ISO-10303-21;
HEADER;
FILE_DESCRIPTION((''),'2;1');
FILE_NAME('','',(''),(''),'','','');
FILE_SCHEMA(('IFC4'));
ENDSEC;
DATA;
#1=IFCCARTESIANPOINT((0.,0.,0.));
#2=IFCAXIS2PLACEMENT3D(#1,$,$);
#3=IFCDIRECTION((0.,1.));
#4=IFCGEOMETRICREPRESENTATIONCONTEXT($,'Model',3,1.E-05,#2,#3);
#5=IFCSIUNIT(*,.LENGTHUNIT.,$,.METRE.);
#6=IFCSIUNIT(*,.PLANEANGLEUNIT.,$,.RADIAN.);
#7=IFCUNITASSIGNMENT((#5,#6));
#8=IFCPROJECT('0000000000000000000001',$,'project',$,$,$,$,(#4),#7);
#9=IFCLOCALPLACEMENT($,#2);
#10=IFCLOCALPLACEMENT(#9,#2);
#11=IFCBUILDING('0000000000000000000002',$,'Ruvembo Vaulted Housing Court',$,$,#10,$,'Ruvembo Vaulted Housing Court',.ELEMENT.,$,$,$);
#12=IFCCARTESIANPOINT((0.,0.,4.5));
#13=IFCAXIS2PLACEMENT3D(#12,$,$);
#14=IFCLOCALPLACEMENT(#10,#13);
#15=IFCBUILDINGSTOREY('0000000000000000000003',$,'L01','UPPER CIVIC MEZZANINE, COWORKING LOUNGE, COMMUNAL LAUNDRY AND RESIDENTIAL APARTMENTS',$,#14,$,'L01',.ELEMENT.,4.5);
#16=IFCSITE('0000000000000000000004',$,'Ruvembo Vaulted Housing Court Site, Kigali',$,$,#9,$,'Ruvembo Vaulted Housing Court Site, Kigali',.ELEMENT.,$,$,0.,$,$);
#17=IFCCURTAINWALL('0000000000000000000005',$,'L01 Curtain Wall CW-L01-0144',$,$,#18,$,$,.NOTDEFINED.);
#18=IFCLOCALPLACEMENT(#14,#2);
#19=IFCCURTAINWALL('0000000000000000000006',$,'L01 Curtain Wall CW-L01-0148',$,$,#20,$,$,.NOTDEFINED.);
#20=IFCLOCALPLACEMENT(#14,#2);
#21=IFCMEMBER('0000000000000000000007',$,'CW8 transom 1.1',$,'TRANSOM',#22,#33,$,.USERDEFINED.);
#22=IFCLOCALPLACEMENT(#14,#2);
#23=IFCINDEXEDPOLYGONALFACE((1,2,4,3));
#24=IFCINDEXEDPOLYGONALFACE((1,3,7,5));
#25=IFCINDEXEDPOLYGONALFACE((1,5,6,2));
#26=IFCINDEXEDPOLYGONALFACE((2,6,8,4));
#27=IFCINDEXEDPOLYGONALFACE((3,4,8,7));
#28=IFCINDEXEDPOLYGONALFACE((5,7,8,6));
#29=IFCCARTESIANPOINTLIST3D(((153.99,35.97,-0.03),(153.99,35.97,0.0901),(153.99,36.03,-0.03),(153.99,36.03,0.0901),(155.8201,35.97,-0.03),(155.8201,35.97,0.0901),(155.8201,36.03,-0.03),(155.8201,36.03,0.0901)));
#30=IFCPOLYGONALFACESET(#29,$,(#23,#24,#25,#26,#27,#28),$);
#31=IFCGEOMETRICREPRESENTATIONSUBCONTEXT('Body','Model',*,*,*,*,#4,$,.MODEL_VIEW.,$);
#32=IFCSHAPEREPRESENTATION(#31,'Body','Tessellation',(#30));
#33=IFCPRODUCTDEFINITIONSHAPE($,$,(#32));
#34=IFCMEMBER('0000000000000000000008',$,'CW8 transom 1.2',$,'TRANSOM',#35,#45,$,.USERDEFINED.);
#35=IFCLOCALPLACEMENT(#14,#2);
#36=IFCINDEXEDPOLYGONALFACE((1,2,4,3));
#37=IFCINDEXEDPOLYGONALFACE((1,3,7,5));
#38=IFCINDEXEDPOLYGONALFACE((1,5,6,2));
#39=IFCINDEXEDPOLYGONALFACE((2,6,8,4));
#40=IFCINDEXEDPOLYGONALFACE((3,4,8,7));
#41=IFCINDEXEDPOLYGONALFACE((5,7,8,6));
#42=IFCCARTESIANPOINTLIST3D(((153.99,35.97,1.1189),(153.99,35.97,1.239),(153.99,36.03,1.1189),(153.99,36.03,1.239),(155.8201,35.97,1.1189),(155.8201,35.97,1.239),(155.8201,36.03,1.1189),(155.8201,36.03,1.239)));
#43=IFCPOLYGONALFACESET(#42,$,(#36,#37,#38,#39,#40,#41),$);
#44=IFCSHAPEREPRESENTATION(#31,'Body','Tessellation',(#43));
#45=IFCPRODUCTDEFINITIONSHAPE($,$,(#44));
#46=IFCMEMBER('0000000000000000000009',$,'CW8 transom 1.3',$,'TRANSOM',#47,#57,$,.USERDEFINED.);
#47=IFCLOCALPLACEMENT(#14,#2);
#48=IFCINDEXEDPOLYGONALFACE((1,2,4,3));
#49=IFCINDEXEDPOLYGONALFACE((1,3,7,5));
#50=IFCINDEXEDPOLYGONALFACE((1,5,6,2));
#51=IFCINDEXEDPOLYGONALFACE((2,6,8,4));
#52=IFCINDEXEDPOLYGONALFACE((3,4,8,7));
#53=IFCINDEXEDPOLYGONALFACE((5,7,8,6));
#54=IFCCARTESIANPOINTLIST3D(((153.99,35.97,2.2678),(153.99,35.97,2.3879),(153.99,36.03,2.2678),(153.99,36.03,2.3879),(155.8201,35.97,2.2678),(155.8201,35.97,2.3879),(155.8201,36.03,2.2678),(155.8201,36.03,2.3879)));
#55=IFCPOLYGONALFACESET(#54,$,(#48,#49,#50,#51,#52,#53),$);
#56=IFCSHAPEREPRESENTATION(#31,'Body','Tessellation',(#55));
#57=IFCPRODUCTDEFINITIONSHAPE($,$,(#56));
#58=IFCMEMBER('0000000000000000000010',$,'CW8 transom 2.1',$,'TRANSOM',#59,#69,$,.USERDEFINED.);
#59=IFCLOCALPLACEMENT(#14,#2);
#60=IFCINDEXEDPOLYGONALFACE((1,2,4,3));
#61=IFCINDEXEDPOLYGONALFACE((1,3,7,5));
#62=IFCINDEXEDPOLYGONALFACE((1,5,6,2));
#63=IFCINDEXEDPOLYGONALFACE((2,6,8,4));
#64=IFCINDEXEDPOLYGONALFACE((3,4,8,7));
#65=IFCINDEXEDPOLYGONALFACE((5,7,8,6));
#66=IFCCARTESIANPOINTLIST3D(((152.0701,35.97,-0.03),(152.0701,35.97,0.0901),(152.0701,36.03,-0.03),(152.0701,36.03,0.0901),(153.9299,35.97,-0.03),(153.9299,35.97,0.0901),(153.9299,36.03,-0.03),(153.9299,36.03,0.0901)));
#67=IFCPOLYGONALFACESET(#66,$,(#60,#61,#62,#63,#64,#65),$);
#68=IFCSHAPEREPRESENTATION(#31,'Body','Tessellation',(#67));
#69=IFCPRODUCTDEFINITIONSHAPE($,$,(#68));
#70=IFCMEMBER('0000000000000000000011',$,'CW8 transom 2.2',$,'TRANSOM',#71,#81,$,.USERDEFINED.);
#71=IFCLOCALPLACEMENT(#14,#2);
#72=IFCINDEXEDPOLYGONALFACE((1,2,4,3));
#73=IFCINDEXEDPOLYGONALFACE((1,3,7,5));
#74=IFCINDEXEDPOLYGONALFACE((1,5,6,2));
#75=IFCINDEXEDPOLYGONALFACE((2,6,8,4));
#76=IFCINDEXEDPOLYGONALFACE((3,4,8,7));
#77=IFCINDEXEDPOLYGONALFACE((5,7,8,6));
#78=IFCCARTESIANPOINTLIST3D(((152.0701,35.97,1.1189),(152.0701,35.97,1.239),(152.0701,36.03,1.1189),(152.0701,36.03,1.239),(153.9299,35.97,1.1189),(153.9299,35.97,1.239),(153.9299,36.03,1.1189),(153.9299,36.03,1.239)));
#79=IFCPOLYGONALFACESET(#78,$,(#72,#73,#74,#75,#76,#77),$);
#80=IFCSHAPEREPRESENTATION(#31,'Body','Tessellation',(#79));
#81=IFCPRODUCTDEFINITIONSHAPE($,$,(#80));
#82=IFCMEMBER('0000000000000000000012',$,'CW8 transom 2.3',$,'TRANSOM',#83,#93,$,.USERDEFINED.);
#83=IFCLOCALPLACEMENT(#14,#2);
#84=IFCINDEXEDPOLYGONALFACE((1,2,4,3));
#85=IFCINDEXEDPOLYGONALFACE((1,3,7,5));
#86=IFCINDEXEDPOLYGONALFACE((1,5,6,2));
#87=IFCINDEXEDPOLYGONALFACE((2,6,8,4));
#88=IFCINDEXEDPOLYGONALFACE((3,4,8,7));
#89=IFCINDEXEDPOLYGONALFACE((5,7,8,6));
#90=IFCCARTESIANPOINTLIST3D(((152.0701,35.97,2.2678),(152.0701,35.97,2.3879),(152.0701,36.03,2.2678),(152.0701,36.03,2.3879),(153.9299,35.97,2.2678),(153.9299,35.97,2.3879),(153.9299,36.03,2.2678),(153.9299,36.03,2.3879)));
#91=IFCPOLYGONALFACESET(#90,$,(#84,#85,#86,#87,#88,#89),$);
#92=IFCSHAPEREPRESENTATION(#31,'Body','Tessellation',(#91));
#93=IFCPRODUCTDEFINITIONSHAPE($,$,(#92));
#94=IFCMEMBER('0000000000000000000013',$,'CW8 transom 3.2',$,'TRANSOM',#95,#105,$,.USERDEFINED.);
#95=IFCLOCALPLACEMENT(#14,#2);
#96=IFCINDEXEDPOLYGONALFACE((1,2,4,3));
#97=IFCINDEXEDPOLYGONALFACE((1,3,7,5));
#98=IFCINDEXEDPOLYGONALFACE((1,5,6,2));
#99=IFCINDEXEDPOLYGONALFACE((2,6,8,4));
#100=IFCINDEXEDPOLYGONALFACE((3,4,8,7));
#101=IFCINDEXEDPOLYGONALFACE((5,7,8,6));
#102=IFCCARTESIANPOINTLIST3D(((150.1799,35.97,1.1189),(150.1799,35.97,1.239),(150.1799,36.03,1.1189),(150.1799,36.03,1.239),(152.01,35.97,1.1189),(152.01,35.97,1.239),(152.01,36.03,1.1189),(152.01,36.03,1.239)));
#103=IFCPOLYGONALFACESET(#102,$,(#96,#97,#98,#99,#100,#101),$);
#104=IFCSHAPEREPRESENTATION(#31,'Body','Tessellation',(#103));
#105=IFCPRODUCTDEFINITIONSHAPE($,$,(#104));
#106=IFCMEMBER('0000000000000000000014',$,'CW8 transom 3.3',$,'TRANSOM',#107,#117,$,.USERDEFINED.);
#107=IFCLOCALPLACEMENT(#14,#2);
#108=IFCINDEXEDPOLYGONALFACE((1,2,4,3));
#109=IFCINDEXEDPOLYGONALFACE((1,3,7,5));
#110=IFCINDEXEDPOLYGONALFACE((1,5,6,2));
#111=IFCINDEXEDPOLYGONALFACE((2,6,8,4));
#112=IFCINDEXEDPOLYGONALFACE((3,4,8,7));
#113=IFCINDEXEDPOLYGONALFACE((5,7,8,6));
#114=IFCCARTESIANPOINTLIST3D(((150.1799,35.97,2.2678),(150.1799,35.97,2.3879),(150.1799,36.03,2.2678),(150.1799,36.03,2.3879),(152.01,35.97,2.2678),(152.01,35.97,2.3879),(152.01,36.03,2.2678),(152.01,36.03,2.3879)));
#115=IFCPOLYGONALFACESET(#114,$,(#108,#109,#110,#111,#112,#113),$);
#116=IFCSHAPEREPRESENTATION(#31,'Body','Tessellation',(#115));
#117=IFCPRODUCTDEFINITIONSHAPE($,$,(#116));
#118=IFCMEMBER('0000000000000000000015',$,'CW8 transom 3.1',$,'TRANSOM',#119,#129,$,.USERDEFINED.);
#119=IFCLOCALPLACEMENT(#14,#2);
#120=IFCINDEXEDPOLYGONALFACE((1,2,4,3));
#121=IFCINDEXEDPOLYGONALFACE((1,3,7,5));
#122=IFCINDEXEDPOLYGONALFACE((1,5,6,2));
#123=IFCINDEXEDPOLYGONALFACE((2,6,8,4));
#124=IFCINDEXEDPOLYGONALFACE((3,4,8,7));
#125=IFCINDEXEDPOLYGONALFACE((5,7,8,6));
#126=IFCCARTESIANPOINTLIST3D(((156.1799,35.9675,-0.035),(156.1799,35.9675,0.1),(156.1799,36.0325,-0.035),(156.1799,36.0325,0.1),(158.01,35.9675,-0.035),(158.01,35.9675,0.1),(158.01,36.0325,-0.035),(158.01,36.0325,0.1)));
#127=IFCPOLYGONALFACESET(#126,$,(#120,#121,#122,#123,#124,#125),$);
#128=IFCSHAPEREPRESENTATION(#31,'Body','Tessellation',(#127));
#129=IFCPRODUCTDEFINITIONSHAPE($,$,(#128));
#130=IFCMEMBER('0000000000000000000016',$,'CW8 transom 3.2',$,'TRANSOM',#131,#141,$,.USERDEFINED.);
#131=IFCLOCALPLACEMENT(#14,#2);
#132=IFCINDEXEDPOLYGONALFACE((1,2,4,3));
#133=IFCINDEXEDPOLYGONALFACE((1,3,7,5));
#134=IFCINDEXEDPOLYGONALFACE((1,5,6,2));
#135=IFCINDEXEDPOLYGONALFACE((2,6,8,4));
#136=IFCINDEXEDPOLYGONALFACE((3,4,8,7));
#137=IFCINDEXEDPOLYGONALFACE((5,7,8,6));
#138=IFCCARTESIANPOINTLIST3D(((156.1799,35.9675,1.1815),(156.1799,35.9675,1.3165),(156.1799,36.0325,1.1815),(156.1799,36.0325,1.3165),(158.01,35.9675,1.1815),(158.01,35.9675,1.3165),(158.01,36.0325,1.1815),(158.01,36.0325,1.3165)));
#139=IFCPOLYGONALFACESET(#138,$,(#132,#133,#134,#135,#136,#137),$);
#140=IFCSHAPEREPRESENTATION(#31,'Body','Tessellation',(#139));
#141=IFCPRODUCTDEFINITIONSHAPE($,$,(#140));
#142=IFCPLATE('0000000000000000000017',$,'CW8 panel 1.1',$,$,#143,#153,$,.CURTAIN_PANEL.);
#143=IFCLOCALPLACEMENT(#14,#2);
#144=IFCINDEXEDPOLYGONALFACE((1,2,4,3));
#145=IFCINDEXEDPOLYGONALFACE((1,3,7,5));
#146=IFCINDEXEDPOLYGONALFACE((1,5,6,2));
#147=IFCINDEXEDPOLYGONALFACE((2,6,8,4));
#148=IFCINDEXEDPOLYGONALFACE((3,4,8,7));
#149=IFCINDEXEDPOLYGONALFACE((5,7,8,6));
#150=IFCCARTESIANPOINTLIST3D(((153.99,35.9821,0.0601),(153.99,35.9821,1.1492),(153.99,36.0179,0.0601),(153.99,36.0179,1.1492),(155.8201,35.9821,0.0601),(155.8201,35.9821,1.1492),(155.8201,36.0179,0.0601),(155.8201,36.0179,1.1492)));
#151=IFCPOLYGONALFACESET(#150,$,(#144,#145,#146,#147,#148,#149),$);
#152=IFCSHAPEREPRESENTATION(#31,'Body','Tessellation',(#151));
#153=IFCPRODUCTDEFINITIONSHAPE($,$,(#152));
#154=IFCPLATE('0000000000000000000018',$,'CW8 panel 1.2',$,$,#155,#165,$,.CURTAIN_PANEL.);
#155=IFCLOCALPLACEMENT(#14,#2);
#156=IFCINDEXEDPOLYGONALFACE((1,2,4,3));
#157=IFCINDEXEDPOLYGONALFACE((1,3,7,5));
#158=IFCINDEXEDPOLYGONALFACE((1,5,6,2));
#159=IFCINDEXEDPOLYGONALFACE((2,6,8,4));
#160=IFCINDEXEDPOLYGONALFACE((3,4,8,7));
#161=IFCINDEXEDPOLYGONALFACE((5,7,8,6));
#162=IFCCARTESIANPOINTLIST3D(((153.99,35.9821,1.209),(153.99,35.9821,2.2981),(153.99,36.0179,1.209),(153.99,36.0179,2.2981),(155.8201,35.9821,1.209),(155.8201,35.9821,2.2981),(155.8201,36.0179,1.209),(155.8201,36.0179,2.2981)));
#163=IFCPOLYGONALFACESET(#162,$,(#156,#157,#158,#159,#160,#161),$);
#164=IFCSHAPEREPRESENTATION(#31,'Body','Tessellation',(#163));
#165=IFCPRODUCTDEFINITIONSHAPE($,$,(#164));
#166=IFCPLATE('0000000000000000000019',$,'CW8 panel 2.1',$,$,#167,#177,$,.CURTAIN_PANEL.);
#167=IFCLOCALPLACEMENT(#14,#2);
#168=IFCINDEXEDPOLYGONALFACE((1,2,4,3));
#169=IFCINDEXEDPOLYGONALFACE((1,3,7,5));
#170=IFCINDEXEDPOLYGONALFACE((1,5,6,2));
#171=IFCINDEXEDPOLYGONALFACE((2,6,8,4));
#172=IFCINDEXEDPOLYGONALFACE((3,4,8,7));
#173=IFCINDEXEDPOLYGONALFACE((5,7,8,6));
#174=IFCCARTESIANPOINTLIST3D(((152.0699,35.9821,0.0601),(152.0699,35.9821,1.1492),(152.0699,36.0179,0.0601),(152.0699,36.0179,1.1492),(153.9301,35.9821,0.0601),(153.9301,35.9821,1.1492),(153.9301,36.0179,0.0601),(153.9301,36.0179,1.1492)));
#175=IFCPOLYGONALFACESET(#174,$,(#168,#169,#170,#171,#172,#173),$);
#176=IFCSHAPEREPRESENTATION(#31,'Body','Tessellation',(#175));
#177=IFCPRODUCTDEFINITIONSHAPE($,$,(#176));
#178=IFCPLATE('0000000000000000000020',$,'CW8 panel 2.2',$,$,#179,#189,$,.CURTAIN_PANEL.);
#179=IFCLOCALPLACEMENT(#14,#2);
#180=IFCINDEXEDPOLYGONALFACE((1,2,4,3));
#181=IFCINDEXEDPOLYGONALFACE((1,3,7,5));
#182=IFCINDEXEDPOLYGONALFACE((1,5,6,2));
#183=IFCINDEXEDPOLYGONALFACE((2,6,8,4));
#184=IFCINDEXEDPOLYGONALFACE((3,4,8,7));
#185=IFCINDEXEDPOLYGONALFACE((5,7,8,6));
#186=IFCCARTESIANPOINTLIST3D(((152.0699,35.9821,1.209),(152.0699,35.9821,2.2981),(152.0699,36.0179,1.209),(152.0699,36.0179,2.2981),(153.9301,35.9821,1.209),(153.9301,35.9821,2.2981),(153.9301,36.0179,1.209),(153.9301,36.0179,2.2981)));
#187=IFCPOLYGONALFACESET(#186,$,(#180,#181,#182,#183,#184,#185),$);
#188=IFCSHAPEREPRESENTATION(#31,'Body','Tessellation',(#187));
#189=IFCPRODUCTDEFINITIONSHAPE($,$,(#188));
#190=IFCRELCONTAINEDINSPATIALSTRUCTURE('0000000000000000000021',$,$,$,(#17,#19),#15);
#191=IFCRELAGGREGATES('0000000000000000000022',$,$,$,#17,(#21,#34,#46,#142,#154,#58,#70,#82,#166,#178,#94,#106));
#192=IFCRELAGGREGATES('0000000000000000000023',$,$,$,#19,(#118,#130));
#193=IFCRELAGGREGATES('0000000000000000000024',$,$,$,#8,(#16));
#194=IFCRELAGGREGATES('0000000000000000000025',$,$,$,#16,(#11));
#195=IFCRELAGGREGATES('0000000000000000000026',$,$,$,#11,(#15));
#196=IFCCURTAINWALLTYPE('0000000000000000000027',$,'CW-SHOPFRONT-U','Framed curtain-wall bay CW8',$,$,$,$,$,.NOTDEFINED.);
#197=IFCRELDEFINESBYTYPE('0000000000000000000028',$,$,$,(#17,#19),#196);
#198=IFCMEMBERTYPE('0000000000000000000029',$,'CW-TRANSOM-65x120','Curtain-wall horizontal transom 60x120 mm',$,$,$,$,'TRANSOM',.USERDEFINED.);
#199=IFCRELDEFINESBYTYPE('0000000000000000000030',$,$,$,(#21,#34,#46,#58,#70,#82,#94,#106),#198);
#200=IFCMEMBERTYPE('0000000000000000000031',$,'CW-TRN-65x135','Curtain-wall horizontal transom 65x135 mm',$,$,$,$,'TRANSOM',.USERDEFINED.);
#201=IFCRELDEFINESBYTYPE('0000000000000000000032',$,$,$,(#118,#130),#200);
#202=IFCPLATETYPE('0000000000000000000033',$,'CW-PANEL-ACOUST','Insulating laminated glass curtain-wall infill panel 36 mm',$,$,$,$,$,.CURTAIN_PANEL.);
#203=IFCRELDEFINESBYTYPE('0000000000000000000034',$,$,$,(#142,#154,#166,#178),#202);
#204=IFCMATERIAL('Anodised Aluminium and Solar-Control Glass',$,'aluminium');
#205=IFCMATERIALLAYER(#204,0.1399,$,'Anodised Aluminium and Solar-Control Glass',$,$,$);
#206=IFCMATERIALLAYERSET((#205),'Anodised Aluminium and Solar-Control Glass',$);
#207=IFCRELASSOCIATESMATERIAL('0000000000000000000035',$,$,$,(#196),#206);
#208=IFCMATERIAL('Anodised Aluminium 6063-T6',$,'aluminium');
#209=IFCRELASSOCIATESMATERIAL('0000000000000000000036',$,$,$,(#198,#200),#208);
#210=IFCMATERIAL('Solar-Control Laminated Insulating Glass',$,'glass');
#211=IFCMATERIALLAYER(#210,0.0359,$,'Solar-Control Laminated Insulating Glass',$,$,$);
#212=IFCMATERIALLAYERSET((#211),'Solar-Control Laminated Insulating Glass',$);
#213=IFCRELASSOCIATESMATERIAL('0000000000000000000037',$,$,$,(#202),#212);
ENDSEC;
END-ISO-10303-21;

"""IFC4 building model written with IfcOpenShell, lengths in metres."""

from ifc_helpers import new_model, si_unit, direction, frame, origin, origin_2d, place, context, subcontext, project, spatial, rectangle, extrude, material, layer, layer_set, material_profile, profile_set, type_object, element, aggregate, save


model = new_model("IFC4")

# Units and contexts
model_context = context("Model", 3, precision=1e-05, world=origin(), true_north=direction((0.0, 1.0)))
body_context = subcontext(model_context, "Body", "Model", "MODEL_VIEW")
ifc_project = project(units=[si_unit("LENGTHUNIT", "METRE"), si_unit("PLANEANGLEUNIT", "RADIAN")], contexts=[model_context])

# Site, building, storey
site_placement = place(None, origin())
site = spatial("IfcSite", under=ifc_project, at=site_placement, Name="Ruvembo Vaulted Housing Court Site, Kigali", LongName="Ruvembo Vaulted Housing Court Site, Kigali", CompositionType="ELEMENT", RefElevation=0.0)
building_placement = place(site_placement, origin())
building = spatial("IfcBuilding", under=site, at=building_placement, Name="Ruvembo Vaulted Housing Court", LongName="Ruvembo Vaulted Housing Court", CompositionType="ELEMENT")
storey_placement = place(building_placement, frame((0.0, 0.0, 4.5)))
storey = spatial("IfcBuildingStorey", under=building, at=storey_placement, Name="L01", Description="UPPER CIVIC MEZZANINE, COWORKING LOUNGE, COMMUNAL LAUNDRY AND RESIDENTIAL APARTMENTS", LongName="L01", CompositionType="ELEMENT", Elevation=4.5)

# Curtain wall
ifc_material_1 = material(Name="Anodised Aluminium and Solar-Control Glass", Category="aluminium")
ifc_layer_1 = layer(ifc_material_1, 0.1399, Name="Anodised Aluminium and Solar-Control Glass")
ifc_layer_set_1 = layer_set([ifc_layer_1], Name="Anodised Aluminium and Solar-Control Glass")
curtain_wall_type = type_object("IfcCurtainWallType", Name="CW-SHOPFRONT-U", Description="Framed curtain-wall bay CW8", PredefinedType="NOTDEFINED", material=ifc_layer_set_1)
curtain_wall_1_placement = place(storey_placement, origin())
curtain_wall_1 = element("IfcCurtainWall", 1, at=curtain_wall_1_placement, inside=storey, type_object=curtain_wall_type, Name="L01 Curtain Wall CW-L01-0144", PredefinedType="NOTDEFINED")
ifc_material_2 = material(Name="Anodised Aluminium 6063-T6", Category="aluminium")

# Curtain wall
curtain_wall_2_placement = place(storey_placement, origin())
curtain_wall_2 = element("IfcCurtainWall", 2, at=curtain_wall_2_placement, inside=storey, type_object=curtain_wall_type, Name="L01 Curtain Wall CW-L01-0148", PredefinedType="NOTDEFINED")

# Members
ifc_material_profile_1 = material_profile(ifc_material_2, rectangle(XDim=0.0601, YDim=0.1201, at=origin_2d()), Name="ALU 60x120")
ifc_profile_set_1 = profile_set([ifc_material_profile_1], Name="Anodised Aluminium 6063-T6")
member_type_1 = type_object("IfcMemberType", Name="CW-TRANSOM-65x120", Description="Curtain-wall horizontal transom 60x120 mm", ElementType="TRANSOM", PredefinedType="USERDEFINED", material=ifc_profile_set_1)
member_1_placement = place(storey_placement, frame((155.8201, 36.0, 0.03), z_axis=(-1.0, 0.0, 0.0), x_axis=(0.0, -1.0, 0.0)))
member_1 = element("IfcMember", 3, at=member_1_placement, type_object=member_type_1, Name="CW8 transom 1.1", ObjectType="TRANSOM", PredefinedType="USERDEFINED", context=body_context, shape_type="SweptSolid", body=[
    extrude(rectangle(XDim=0.0601, YDim=0.1201, at=origin_2d()), origin(), (0.0, 0.0, 1.0), 1.8301),
])
member_2_placement = place(storey_placement, frame((155.8201, 36.0, 1.179), z_axis=(-1.0, 0.0, 0.0), x_axis=(0.0, -1.0, 0.0)))
member_2 = element("IfcMember", 4, at=member_2_placement, type_object=member_type_1, Name="CW8 transom 1.2", ObjectType="TRANSOM", PredefinedType="USERDEFINED", context=body_context, shape_type="SweptSolid", body=[
    extrude(rectangle(XDim=0.0601, YDim=0.1201, at=origin_2d()), origin(), (0.0, 0.0, 1.0), 1.8301),
])
member_3_placement = place(storey_placement, frame((155.8201, 36.0, 2.3279), z_axis=(-1.0, 0.0, 0.0), x_axis=(0.0, -1.0, 0.0)))
member_3 = element("IfcMember", 5, at=member_3_placement, type_object=member_type_1, Name="CW8 transom 1.3", ObjectType="TRANSOM", PredefinedType="USERDEFINED", context=body_context, shape_type="SweptSolid", body=[
    extrude(rectangle(XDim=0.0601, YDim=0.1201, at=origin_2d()), origin(), (0.0, 0.0, 1.0), 1.8301),
])
member_4_placement = place(storey_placement, frame((153.9299, 36.0, 0.03), z_axis=(-1.0, 0.0, 0.0), x_axis=(0.0, -1.0, 0.0)))
member_4 = element("IfcMember", 6, at=member_4_placement, type_object=member_type_1, Name="CW8 transom 2.1", ObjectType="TRANSOM", PredefinedType="USERDEFINED", context=body_context, shape_type="SweptSolid", body=[
    extrude(rectangle(XDim=0.0601, YDim=0.1201, at=origin_2d()), origin(), (0.0, 0.0, 1.0), 1.8599),
])
member_5_placement = place(storey_placement, frame((153.9299, 36.0, 1.179), z_axis=(-1.0, 0.0, 0.0), x_axis=(0.0, -1.0, 0.0)))
member_5 = element("IfcMember", 7, at=member_5_placement, type_object=member_type_1, Name="CW8 transom 2.2", ObjectType="TRANSOM", PredefinedType="USERDEFINED", context=body_context, shape_type="SweptSolid", body=[
    extrude(rectangle(XDim=0.0601, YDim=0.1201, at=origin_2d()), origin(), (0.0, 0.0, 1.0), 1.8599),
])
member_6_placement = place(storey_placement, frame((153.9299, 36.0, 2.3279), z_axis=(-1.0, 0.0, 0.0), x_axis=(0.0, -1.0, 0.0)))
member_6 = element("IfcMember", 8, at=member_6_placement, type_object=member_type_1, Name="CW8 transom 2.3", ObjectType="TRANSOM", PredefinedType="USERDEFINED", context=body_context, shape_type="SweptSolid", body=[
    extrude(rectangle(XDim=0.0601, YDim=0.1201, at=origin_2d()), origin(), (0.0, 0.0, 1.0), 1.8599),
])
member_7_placement = place(storey_placement, frame((152.01, 36.0, 1.179), z_axis=(-1.0, 0.0, 0.0), x_axis=(0.0, -1.0, 0.0)))
member_7 = element("IfcMember", 9, at=member_7_placement, type_object=member_type_1, Name="CW8 transom 3.2", ObjectType="TRANSOM", PredefinedType="USERDEFINED", context=body_context, shape_type="SweptSolid", body=[
    extrude(rectangle(XDim=0.0601, YDim=0.1201, at=origin_2d()), origin(), (0.0, 0.0, 1.0), 1.8301),
])
member_8_placement = place(storey_placement, frame((152.01, 36.0, 2.3279), z_axis=(-1.0, 0.0, 0.0), x_axis=(0.0, -1.0, 0.0)))
member_8 = element("IfcMember", 10, at=member_8_placement, type_object=member_type_1, Name="CW8 transom 3.3", ObjectType="TRANSOM", PredefinedType="USERDEFINED", context=body_context, shape_type="SweptSolid", body=[
    extrude(rectangle(XDim=0.0601, YDim=0.1201, at=origin_2d()), origin(), (0.0, 0.0, 1.0), 1.8301),
])
ifc_material_profile_2 = material_profile(ifc_material_2, rectangle(XDim=0.0649, YDim=0.135, at=origin_2d()), Name="ALU 65x135")
ifc_profile_set_2 = profile_set([ifc_material_profile_2], Name="Anodised Aluminium 6063-T6")
member_type_2 = type_object("IfcMemberType", Name="CW-TRN-65x135", Description="Curtain-wall horizontal transom 65x135 mm", ElementType="TRANSOM", PredefinedType="USERDEFINED", material=ifc_profile_set_2)
member_9_placement = place(storey_placement, frame((158.01, 36.0, 0.0325), z_axis=(-1.0, 0.0, 0.0), x_axis=(0.0, -1.0, 0.0)))
member_9 = element("IfcMember", 11, at=member_9_placement, type_object=member_type_2, Name="CW8 transom 3.1", ObjectType="TRANSOM", PredefinedType="USERDEFINED", context=body_context, shape_type="SweptSolid", body=[
    extrude(rectangle(XDim=0.0649, YDim=0.135, at=origin_2d()), origin(), (0.0, 0.0, 1.0), 1.8301),
])
member_10_placement = place(storey_placement, frame((158.01, 36.0, 1.249), z_axis=(-1.0, 0.0, 0.0), x_axis=(0.0, -1.0, 0.0)))
member_10 = element("IfcMember", 12, at=member_10_placement, type_object=member_type_2, Name="CW8 transom 3.2", ObjectType="TRANSOM", PredefinedType="USERDEFINED", context=body_context, shape_type="SweptSolid", body=[
    extrude(rectangle(XDim=0.0649, YDim=0.135, at=origin_2d()), origin(), (0.0, 0.0, 1.0), 1.8301),
])

# Plates
ifc_material_3 = material(Name="Solar-Control Laminated Insulating Glass", Category="glass")
ifc_layer_2 = layer(ifc_material_3, 0.0359, Name="Solar-Control Laminated Insulating Glass")
ifc_layer_set_2 = layer_set([ifc_layer_2], Name="Solar-Control Laminated Insulating Glass")
plate_type_1 = type_object("IfcPlateType", Name="CW-PANEL-ACOUST", Description="Insulating laminated glass curtain-wall infill panel 36 mm", PredefinedType="CURTAIN_PANEL", material=ifc_layer_set_2)
plate_1_placement = place(storey_placement, frame((154.905, 36.0, 0.0601), z_axis=(0.0, 0.0, 1.0), x_axis=(-1.0, 0.0, 0.0)))
plate_1 = element("IfcPlate", 13, at=plate_1_placement, type_object=plate_type_1, Name="CW8 panel 1.1", PredefinedType="CURTAIN_PANEL", context=body_context, shape_type="SweptSolid", body=[
    extrude(rectangle(XDim=1.8301, YDim=0.0359, at=origin_2d()), origin(), (0.0, 0.0, 1.0), 1.0891),
])
plate_2_placement = place(storey_placement, frame((154.905, 36.0, 1.209), z_axis=(0.0, 0.0, 1.0), x_axis=(-1.0, 0.0, 0.0)))
plate_2 = element("IfcPlate", 14, at=plate_2_placement, type_object=plate_type_1, Name="CW8 panel 1.2", PredefinedType="CURTAIN_PANEL", context=body_context, shape_type="SweptSolid", body=[
    extrude(rectangle(XDim=1.8301, YDim=0.0359, at=origin_2d()), origin(), (0.0, 0.0, 1.0), 1.0891),
])
plate_3_placement = place(storey_placement, frame((153.0, 36.0, 0.0601), z_axis=(0.0, 0.0, 1.0), x_axis=(-1.0, 0.0, 0.0)))
plate_3 = element("IfcPlate", 15, at=plate_3_placement, type_object=plate_type_1, Name="CW8 panel 2.1", PredefinedType="CURTAIN_PANEL", context=body_context, shape_type="SweptSolid", body=[
    extrude(rectangle(XDim=1.8601, YDim=0.0359, at=origin_2d()), origin(), (0.0, 0.0, 1.0), 1.0891),
])
plate_4_placement = place(storey_placement, frame((153.0, 36.0, 1.209), z_axis=(0.0, 0.0, 1.0), x_axis=(-1.0, 0.0, 0.0)))
plate_4 = element("IfcPlate", 16, at=plate_4_placement, type_object=plate_type_1, Name="CW8 panel 2.2", PredefinedType="CURTAIN_PANEL", context=body_context, shape_type="SweptSolid", body=[
    extrude(rectangle(XDim=1.8601, YDim=0.0359, at=origin_2d()), origin(), (0.0, 0.0, 1.0), 1.0891),
])
aggregate(curtain_wall_1, [member_1, member_2, member_3, plate_1, plate_2, member_4, member_5, member_6, plate_3, plate_4, member_7, member_8])
aggregate(curtain_wall_2, [member_9, member_10])

save(model, "model.ifc")
